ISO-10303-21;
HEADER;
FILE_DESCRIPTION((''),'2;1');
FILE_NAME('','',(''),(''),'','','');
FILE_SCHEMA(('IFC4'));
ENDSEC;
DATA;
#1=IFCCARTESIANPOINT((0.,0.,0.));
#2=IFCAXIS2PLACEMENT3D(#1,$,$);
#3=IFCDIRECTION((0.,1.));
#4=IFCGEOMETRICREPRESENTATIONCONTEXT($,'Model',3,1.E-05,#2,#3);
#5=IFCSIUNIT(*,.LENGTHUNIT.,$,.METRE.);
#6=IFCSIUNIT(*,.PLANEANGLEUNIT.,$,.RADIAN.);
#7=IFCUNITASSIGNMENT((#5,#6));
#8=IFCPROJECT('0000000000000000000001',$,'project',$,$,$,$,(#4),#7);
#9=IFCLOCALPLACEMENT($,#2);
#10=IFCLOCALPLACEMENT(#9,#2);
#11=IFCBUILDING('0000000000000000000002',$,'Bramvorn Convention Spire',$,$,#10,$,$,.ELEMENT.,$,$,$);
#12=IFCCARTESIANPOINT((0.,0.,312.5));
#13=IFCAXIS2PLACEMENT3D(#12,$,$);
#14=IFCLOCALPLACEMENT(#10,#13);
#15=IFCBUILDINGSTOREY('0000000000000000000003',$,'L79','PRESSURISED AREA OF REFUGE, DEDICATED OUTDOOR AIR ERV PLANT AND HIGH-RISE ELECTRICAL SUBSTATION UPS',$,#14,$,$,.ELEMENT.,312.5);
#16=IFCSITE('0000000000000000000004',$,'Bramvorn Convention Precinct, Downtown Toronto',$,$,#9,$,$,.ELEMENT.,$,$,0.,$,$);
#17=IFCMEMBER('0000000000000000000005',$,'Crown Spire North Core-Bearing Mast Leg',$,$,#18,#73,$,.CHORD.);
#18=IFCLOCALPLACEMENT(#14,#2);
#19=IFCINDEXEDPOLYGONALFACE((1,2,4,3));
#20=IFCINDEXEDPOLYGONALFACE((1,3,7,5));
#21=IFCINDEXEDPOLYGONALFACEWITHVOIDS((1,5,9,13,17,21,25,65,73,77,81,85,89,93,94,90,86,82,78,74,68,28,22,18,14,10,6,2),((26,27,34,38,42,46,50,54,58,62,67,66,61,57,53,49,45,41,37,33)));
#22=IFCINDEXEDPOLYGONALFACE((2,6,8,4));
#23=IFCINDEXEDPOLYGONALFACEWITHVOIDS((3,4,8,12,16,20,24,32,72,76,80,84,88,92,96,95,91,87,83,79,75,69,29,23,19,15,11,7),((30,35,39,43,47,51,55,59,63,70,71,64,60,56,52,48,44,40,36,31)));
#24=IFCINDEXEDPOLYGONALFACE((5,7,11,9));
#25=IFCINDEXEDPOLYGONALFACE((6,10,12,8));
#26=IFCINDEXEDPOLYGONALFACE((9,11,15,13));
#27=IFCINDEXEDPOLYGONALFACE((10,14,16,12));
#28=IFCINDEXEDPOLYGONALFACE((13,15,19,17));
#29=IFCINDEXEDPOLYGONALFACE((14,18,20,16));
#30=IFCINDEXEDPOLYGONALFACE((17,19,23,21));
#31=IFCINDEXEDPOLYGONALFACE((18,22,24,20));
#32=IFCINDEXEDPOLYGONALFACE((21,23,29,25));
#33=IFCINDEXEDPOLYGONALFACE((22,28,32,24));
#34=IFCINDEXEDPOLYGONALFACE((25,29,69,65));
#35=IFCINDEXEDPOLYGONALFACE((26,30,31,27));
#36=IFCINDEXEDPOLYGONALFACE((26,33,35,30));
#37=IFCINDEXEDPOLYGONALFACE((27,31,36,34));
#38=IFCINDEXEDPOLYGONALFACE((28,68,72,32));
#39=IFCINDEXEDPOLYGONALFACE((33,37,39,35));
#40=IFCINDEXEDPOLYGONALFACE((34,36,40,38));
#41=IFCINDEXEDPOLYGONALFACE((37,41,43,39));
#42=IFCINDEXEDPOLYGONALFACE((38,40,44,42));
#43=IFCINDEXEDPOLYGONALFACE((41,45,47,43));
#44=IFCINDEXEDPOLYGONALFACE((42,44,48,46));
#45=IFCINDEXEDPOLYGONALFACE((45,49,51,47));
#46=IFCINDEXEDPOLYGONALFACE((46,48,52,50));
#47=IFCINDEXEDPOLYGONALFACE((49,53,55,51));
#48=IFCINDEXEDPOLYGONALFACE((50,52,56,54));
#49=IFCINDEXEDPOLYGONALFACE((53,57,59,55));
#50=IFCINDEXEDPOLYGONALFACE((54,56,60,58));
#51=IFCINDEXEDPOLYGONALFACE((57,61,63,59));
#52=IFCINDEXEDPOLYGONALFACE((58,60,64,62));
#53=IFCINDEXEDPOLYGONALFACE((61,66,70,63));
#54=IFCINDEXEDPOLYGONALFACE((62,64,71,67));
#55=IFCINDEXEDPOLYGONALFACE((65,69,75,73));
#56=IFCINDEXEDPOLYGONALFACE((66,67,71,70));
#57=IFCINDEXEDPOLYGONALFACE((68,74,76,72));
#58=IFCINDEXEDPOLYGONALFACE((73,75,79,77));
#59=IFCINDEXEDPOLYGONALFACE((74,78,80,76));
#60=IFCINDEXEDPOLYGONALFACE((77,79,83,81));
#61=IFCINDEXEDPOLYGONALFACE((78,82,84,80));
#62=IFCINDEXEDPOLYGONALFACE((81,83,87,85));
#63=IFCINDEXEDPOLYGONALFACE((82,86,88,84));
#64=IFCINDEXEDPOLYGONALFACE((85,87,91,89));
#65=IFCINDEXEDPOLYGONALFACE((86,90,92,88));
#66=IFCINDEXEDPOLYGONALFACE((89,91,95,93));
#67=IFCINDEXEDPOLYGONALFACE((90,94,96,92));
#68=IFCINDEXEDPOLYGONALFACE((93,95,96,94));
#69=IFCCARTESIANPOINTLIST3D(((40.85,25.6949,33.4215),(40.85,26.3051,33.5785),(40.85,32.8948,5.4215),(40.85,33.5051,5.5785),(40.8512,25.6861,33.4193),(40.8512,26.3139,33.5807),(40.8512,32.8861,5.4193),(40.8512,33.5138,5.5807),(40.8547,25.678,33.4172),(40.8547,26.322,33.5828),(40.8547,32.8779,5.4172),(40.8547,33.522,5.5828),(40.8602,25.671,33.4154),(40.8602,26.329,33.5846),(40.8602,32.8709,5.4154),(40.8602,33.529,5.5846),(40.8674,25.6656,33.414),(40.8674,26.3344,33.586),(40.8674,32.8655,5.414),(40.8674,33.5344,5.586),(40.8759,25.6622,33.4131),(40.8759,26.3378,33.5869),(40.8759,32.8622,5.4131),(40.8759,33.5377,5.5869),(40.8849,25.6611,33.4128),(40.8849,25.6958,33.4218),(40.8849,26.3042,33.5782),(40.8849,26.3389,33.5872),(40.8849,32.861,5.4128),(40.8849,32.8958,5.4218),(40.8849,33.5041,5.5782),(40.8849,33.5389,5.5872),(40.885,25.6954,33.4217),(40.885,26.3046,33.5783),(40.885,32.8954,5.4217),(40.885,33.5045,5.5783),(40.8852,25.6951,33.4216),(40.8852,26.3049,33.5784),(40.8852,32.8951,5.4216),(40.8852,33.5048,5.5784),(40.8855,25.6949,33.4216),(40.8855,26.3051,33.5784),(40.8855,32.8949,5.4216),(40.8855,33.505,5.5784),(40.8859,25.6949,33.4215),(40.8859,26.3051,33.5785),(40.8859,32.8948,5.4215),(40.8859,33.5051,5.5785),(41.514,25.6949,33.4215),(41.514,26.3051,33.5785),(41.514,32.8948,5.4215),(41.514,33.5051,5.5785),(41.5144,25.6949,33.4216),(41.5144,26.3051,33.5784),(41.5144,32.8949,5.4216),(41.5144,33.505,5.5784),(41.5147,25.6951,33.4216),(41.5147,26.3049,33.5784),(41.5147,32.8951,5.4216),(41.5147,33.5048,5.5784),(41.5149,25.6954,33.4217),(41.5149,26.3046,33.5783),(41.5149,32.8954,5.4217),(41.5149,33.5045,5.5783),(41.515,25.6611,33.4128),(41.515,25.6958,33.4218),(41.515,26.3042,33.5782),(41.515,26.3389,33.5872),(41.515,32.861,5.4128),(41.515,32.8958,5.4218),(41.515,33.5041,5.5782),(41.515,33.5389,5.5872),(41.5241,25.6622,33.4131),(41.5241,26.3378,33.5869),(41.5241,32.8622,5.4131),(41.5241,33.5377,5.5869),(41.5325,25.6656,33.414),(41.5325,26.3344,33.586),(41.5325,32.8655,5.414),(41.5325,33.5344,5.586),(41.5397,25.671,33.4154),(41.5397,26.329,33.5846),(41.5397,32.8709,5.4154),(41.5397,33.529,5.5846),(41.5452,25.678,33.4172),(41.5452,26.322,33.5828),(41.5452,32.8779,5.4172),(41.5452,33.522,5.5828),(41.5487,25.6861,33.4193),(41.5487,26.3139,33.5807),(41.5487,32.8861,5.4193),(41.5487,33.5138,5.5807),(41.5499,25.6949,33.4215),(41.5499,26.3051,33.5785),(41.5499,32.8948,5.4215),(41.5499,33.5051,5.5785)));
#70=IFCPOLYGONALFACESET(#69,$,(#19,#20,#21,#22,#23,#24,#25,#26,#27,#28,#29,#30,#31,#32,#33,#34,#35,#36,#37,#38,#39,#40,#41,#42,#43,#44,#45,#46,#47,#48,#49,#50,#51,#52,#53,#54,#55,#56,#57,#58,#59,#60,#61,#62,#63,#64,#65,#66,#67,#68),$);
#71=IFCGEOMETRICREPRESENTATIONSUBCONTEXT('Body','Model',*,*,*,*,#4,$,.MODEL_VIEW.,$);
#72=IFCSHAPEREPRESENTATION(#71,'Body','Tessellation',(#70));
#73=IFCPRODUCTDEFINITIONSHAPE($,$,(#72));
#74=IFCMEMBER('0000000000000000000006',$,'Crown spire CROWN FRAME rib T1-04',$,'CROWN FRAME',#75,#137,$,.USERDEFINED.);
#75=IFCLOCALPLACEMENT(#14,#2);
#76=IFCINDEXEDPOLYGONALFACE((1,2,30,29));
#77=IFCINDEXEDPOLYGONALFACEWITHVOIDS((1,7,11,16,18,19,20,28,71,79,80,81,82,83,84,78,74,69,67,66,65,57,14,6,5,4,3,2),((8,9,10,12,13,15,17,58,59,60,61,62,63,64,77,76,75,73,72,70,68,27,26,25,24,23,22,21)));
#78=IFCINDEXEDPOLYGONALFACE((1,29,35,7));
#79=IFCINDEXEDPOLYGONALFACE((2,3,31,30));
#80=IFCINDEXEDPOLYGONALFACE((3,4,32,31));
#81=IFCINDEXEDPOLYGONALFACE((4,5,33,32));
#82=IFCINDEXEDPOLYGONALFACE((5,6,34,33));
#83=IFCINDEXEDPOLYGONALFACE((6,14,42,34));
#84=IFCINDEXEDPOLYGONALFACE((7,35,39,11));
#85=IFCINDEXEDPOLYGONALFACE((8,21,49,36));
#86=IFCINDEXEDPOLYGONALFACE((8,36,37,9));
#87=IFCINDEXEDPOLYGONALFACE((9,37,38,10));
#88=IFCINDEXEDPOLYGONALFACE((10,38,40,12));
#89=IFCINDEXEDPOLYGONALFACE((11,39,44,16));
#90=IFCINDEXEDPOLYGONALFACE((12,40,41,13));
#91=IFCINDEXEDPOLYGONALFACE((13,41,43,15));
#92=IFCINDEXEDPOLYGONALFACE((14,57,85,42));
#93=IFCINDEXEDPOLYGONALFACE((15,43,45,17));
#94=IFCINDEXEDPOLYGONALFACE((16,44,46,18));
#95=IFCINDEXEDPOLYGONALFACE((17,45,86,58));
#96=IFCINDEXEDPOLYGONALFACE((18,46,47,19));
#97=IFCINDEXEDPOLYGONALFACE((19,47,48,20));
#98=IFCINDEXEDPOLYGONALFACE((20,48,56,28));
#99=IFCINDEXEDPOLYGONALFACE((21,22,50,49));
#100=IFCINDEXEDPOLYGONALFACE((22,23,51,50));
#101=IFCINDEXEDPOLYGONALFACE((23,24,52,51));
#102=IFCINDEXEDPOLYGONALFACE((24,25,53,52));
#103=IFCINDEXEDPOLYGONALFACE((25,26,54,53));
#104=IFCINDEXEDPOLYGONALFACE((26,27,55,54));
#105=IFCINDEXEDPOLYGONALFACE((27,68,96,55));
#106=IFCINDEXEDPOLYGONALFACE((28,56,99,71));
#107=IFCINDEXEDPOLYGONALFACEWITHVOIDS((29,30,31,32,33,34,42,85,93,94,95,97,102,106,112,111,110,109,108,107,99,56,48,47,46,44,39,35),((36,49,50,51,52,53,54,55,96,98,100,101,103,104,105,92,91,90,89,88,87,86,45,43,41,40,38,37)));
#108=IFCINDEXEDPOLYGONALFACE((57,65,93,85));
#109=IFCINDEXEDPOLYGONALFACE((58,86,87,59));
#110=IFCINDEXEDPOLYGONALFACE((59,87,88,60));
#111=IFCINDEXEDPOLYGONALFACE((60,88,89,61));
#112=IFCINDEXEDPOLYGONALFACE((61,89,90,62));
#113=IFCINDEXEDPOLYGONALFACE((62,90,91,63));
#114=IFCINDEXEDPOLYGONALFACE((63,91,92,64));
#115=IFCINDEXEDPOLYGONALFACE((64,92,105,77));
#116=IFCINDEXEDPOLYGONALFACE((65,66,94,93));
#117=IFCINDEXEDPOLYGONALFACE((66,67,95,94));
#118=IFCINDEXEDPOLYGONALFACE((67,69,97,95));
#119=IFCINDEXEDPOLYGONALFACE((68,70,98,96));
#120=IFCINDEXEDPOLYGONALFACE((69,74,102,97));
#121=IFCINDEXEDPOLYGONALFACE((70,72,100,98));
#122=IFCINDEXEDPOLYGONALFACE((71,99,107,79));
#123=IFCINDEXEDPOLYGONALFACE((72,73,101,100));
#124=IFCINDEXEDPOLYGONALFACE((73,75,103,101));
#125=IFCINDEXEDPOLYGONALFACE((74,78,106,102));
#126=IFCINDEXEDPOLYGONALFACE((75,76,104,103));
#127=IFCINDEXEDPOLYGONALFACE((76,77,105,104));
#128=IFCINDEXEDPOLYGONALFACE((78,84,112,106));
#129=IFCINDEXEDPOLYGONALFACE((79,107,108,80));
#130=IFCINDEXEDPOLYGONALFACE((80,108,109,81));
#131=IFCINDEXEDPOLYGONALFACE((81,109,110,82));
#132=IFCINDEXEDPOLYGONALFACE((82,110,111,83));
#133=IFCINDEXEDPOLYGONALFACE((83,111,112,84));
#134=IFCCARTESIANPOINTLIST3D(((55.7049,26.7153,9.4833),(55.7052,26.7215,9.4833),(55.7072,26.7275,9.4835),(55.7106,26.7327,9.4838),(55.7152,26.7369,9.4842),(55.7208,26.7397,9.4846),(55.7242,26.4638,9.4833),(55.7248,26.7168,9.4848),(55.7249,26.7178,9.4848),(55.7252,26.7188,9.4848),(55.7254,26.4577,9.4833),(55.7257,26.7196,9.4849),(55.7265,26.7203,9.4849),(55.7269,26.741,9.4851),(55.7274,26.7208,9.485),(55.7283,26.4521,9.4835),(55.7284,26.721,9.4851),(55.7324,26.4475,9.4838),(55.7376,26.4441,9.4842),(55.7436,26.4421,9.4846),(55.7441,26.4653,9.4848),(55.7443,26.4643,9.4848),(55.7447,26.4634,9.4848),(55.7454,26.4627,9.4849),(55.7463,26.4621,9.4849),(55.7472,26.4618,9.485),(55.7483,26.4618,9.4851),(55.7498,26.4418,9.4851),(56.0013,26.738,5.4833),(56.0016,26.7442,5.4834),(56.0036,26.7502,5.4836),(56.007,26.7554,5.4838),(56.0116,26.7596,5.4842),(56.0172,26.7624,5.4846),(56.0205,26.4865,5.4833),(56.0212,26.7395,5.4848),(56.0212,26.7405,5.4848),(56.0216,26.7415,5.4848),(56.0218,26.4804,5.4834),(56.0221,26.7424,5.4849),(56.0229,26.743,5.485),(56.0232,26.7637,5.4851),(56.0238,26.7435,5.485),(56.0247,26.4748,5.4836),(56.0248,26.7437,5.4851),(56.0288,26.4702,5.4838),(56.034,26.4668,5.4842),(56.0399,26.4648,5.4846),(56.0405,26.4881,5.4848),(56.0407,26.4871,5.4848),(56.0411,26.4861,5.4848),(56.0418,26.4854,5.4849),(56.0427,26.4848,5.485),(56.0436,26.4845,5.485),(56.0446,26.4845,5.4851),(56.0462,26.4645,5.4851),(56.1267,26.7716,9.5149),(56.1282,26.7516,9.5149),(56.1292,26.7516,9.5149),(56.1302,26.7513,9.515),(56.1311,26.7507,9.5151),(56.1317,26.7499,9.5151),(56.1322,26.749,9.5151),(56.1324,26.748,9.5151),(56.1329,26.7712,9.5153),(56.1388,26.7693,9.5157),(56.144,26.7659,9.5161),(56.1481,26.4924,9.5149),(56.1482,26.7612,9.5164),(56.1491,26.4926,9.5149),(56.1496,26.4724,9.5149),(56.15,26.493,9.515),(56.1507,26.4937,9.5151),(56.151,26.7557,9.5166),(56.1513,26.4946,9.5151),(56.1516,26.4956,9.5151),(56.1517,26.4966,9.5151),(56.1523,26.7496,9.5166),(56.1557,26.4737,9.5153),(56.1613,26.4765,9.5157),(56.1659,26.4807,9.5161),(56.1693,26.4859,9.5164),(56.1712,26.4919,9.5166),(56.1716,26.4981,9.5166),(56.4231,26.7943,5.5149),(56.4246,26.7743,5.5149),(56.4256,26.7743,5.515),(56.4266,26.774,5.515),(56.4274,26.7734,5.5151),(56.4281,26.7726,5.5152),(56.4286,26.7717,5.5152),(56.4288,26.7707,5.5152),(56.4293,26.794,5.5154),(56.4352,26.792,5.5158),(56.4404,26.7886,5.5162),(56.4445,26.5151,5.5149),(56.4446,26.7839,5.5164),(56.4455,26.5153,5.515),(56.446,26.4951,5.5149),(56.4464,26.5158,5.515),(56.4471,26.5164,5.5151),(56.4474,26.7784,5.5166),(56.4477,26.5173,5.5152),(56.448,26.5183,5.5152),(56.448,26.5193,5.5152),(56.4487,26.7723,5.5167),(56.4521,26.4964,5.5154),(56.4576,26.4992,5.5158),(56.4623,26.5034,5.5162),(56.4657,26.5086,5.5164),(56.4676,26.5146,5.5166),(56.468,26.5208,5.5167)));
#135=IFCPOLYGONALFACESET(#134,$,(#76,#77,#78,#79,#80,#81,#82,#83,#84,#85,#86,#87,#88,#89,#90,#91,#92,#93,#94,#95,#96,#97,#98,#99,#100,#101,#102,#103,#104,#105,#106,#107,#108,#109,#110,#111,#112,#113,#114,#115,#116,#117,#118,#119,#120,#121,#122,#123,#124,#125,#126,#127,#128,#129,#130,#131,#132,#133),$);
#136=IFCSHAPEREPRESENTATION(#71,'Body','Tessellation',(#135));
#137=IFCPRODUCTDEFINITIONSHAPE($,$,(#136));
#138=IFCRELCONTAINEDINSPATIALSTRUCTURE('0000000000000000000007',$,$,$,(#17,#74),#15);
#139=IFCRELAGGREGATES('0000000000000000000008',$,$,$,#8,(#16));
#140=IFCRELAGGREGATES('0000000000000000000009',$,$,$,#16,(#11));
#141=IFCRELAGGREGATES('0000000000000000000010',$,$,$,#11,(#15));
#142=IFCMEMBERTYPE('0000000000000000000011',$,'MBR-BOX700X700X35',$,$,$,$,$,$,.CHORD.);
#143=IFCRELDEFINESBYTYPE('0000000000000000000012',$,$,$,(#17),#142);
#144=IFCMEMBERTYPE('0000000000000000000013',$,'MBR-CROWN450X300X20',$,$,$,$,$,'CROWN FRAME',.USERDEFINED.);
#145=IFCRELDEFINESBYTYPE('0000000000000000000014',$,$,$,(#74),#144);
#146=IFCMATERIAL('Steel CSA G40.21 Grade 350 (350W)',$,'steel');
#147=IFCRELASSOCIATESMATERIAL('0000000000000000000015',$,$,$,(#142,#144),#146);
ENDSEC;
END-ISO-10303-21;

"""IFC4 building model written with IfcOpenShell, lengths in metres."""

from ifc_helpers import new_model, si_unit, direction, frame, origin, origin_2d, place, context, subcontext, project, spatial, hollow_rectangle, extrude, material, material_profile, profile_set, type_object, element, save


model = new_model("IFC4")

# Units and contexts
model_context = context("Model", 3, precision=1e-05, world=origin(), true_north=direction((0.0, 1.0)))
body_context = subcontext(model_context, "Body", "Model", "MODEL_VIEW")
ifc_project = project(units=[si_unit("LENGTHUNIT", "METRE"), si_unit("PLANEANGLEUNIT", "RADIAN")], contexts=[model_context])

# Site, building, storey
site_placement = place(None, origin())
site = spatial("IfcSite", under=ifc_project, at=site_placement, Name="Bramvorn Convention Precinct, Downtown Toronto", CompositionType="ELEMENT", RefElevation=0.0)
building_placement = place(site_placement, origin())
building = spatial("IfcBuilding", under=site, at=building_placement, Name="Bramvorn Convention Spire", CompositionType="ELEMENT")
storey_placement = place(building_placement, frame((0.0, 0.0, 312.5)))
storey = spatial("IfcBuildingStorey", under=building, at=storey_placement, Name="L79", Description="PRESSURISED AREA OF REFUGE, DEDICATED OUTDOOR AIR ERV PLANT AND HIGH-RISE ELECTRICAL SUBSTATION UPS", CompositionType="ELEMENT", Elevation=312.5)

# Members
ifc_material_1 = material(Name="Steel CSA G40.21 Grade 350 (350W)", Category="steel")
ifc_material_profile_1 = material_profile(ifc_material_1, hollow_rectangle(XDim=0.7, YDim=0.7, WallThickness=0.0349, InnerFilletRadius=0.001, OuterFilletRadius=0.0349, at=origin_2d()))
ifc_profile_set_1 = profile_set([ifc_material_profile_1], Name="Steel CSA G40.21 Grade 350 (350W) - BOX700X700X35")
member_type_1 = type_object("IfcMemberType", Name="MBR-BOX700X700X35", PredefinedType="CHORD", material=ifc_profile_set_1)
member_1_placement = place(storey_placement, frame((41.2, 33.2, 5.5), z_axis=(0.0, -0.249039, 0.968493), x_axis=(1.0, 0.0, 0.0)))
element("IfcMember", 1, at=member_1_placement, inside=storey, type_object=member_type_1, Name="Crown Spire North Core-Bearing Mast Leg", PredefinedType="CHORD", context=body_context, shape_type="SweptSolid", body=[
    extrude(hollow_rectangle(XDim=0.7, YDim=0.7, WallThickness=0.0349, InnerFilletRadius=0.001, OuterFilletRadius=0.0349, at=origin_2d()), origin(), (0.0, 0.0, 1.0), 28.9109),
])
ifc_material_profile_2 = material_profile(ifc_material_1, hollow_rectangle(XDim=0.3, YDim=0.45, WallThickness=0.02, InnerFilletRadius=0.0039, OuterFilletRadius=0.0239, at=origin_2d()))
ifc_profile_set_2 = profile_set([ifc_material_profile_2], Name="Steel CSA G40.21 Grade 350 (350W) - CROWN450X300X20")
member_type_2 = type_object("IfcMemberType", Name="MBR-CROWN450X300X20", ElementType="CROWN FRAME", PredefinedType="USERDEFINED", material=ifc_profile_set_2)
member_2_placement = place(storey_placement, frame((56.2346, 26.6294, 5.5), z_axis=(-0.073893, -0.005661, 0.99725), x_axis=(0.076382, -0.997079, 0.0)))
element("IfcMember", 2, at=member_2_placement, inside=storey, type_object=member_type_2, Name="Crown spire CROWN FRAME rib T1-04", ObjectType="CROWN FRAME", PredefinedType="USERDEFINED", context=body_context, shape_type="SweptSolid", body=[
    extrude(hollow_rectangle(XDim=0.3, YDim=0.45, WallThickness=0.02, InnerFilletRadius=0.0039, OuterFilletRadius=0.0239, at=origin_2d()), origin(), (0.0, 0.0, 1.0), 4.011),
])

save(model, "model.ifc")
